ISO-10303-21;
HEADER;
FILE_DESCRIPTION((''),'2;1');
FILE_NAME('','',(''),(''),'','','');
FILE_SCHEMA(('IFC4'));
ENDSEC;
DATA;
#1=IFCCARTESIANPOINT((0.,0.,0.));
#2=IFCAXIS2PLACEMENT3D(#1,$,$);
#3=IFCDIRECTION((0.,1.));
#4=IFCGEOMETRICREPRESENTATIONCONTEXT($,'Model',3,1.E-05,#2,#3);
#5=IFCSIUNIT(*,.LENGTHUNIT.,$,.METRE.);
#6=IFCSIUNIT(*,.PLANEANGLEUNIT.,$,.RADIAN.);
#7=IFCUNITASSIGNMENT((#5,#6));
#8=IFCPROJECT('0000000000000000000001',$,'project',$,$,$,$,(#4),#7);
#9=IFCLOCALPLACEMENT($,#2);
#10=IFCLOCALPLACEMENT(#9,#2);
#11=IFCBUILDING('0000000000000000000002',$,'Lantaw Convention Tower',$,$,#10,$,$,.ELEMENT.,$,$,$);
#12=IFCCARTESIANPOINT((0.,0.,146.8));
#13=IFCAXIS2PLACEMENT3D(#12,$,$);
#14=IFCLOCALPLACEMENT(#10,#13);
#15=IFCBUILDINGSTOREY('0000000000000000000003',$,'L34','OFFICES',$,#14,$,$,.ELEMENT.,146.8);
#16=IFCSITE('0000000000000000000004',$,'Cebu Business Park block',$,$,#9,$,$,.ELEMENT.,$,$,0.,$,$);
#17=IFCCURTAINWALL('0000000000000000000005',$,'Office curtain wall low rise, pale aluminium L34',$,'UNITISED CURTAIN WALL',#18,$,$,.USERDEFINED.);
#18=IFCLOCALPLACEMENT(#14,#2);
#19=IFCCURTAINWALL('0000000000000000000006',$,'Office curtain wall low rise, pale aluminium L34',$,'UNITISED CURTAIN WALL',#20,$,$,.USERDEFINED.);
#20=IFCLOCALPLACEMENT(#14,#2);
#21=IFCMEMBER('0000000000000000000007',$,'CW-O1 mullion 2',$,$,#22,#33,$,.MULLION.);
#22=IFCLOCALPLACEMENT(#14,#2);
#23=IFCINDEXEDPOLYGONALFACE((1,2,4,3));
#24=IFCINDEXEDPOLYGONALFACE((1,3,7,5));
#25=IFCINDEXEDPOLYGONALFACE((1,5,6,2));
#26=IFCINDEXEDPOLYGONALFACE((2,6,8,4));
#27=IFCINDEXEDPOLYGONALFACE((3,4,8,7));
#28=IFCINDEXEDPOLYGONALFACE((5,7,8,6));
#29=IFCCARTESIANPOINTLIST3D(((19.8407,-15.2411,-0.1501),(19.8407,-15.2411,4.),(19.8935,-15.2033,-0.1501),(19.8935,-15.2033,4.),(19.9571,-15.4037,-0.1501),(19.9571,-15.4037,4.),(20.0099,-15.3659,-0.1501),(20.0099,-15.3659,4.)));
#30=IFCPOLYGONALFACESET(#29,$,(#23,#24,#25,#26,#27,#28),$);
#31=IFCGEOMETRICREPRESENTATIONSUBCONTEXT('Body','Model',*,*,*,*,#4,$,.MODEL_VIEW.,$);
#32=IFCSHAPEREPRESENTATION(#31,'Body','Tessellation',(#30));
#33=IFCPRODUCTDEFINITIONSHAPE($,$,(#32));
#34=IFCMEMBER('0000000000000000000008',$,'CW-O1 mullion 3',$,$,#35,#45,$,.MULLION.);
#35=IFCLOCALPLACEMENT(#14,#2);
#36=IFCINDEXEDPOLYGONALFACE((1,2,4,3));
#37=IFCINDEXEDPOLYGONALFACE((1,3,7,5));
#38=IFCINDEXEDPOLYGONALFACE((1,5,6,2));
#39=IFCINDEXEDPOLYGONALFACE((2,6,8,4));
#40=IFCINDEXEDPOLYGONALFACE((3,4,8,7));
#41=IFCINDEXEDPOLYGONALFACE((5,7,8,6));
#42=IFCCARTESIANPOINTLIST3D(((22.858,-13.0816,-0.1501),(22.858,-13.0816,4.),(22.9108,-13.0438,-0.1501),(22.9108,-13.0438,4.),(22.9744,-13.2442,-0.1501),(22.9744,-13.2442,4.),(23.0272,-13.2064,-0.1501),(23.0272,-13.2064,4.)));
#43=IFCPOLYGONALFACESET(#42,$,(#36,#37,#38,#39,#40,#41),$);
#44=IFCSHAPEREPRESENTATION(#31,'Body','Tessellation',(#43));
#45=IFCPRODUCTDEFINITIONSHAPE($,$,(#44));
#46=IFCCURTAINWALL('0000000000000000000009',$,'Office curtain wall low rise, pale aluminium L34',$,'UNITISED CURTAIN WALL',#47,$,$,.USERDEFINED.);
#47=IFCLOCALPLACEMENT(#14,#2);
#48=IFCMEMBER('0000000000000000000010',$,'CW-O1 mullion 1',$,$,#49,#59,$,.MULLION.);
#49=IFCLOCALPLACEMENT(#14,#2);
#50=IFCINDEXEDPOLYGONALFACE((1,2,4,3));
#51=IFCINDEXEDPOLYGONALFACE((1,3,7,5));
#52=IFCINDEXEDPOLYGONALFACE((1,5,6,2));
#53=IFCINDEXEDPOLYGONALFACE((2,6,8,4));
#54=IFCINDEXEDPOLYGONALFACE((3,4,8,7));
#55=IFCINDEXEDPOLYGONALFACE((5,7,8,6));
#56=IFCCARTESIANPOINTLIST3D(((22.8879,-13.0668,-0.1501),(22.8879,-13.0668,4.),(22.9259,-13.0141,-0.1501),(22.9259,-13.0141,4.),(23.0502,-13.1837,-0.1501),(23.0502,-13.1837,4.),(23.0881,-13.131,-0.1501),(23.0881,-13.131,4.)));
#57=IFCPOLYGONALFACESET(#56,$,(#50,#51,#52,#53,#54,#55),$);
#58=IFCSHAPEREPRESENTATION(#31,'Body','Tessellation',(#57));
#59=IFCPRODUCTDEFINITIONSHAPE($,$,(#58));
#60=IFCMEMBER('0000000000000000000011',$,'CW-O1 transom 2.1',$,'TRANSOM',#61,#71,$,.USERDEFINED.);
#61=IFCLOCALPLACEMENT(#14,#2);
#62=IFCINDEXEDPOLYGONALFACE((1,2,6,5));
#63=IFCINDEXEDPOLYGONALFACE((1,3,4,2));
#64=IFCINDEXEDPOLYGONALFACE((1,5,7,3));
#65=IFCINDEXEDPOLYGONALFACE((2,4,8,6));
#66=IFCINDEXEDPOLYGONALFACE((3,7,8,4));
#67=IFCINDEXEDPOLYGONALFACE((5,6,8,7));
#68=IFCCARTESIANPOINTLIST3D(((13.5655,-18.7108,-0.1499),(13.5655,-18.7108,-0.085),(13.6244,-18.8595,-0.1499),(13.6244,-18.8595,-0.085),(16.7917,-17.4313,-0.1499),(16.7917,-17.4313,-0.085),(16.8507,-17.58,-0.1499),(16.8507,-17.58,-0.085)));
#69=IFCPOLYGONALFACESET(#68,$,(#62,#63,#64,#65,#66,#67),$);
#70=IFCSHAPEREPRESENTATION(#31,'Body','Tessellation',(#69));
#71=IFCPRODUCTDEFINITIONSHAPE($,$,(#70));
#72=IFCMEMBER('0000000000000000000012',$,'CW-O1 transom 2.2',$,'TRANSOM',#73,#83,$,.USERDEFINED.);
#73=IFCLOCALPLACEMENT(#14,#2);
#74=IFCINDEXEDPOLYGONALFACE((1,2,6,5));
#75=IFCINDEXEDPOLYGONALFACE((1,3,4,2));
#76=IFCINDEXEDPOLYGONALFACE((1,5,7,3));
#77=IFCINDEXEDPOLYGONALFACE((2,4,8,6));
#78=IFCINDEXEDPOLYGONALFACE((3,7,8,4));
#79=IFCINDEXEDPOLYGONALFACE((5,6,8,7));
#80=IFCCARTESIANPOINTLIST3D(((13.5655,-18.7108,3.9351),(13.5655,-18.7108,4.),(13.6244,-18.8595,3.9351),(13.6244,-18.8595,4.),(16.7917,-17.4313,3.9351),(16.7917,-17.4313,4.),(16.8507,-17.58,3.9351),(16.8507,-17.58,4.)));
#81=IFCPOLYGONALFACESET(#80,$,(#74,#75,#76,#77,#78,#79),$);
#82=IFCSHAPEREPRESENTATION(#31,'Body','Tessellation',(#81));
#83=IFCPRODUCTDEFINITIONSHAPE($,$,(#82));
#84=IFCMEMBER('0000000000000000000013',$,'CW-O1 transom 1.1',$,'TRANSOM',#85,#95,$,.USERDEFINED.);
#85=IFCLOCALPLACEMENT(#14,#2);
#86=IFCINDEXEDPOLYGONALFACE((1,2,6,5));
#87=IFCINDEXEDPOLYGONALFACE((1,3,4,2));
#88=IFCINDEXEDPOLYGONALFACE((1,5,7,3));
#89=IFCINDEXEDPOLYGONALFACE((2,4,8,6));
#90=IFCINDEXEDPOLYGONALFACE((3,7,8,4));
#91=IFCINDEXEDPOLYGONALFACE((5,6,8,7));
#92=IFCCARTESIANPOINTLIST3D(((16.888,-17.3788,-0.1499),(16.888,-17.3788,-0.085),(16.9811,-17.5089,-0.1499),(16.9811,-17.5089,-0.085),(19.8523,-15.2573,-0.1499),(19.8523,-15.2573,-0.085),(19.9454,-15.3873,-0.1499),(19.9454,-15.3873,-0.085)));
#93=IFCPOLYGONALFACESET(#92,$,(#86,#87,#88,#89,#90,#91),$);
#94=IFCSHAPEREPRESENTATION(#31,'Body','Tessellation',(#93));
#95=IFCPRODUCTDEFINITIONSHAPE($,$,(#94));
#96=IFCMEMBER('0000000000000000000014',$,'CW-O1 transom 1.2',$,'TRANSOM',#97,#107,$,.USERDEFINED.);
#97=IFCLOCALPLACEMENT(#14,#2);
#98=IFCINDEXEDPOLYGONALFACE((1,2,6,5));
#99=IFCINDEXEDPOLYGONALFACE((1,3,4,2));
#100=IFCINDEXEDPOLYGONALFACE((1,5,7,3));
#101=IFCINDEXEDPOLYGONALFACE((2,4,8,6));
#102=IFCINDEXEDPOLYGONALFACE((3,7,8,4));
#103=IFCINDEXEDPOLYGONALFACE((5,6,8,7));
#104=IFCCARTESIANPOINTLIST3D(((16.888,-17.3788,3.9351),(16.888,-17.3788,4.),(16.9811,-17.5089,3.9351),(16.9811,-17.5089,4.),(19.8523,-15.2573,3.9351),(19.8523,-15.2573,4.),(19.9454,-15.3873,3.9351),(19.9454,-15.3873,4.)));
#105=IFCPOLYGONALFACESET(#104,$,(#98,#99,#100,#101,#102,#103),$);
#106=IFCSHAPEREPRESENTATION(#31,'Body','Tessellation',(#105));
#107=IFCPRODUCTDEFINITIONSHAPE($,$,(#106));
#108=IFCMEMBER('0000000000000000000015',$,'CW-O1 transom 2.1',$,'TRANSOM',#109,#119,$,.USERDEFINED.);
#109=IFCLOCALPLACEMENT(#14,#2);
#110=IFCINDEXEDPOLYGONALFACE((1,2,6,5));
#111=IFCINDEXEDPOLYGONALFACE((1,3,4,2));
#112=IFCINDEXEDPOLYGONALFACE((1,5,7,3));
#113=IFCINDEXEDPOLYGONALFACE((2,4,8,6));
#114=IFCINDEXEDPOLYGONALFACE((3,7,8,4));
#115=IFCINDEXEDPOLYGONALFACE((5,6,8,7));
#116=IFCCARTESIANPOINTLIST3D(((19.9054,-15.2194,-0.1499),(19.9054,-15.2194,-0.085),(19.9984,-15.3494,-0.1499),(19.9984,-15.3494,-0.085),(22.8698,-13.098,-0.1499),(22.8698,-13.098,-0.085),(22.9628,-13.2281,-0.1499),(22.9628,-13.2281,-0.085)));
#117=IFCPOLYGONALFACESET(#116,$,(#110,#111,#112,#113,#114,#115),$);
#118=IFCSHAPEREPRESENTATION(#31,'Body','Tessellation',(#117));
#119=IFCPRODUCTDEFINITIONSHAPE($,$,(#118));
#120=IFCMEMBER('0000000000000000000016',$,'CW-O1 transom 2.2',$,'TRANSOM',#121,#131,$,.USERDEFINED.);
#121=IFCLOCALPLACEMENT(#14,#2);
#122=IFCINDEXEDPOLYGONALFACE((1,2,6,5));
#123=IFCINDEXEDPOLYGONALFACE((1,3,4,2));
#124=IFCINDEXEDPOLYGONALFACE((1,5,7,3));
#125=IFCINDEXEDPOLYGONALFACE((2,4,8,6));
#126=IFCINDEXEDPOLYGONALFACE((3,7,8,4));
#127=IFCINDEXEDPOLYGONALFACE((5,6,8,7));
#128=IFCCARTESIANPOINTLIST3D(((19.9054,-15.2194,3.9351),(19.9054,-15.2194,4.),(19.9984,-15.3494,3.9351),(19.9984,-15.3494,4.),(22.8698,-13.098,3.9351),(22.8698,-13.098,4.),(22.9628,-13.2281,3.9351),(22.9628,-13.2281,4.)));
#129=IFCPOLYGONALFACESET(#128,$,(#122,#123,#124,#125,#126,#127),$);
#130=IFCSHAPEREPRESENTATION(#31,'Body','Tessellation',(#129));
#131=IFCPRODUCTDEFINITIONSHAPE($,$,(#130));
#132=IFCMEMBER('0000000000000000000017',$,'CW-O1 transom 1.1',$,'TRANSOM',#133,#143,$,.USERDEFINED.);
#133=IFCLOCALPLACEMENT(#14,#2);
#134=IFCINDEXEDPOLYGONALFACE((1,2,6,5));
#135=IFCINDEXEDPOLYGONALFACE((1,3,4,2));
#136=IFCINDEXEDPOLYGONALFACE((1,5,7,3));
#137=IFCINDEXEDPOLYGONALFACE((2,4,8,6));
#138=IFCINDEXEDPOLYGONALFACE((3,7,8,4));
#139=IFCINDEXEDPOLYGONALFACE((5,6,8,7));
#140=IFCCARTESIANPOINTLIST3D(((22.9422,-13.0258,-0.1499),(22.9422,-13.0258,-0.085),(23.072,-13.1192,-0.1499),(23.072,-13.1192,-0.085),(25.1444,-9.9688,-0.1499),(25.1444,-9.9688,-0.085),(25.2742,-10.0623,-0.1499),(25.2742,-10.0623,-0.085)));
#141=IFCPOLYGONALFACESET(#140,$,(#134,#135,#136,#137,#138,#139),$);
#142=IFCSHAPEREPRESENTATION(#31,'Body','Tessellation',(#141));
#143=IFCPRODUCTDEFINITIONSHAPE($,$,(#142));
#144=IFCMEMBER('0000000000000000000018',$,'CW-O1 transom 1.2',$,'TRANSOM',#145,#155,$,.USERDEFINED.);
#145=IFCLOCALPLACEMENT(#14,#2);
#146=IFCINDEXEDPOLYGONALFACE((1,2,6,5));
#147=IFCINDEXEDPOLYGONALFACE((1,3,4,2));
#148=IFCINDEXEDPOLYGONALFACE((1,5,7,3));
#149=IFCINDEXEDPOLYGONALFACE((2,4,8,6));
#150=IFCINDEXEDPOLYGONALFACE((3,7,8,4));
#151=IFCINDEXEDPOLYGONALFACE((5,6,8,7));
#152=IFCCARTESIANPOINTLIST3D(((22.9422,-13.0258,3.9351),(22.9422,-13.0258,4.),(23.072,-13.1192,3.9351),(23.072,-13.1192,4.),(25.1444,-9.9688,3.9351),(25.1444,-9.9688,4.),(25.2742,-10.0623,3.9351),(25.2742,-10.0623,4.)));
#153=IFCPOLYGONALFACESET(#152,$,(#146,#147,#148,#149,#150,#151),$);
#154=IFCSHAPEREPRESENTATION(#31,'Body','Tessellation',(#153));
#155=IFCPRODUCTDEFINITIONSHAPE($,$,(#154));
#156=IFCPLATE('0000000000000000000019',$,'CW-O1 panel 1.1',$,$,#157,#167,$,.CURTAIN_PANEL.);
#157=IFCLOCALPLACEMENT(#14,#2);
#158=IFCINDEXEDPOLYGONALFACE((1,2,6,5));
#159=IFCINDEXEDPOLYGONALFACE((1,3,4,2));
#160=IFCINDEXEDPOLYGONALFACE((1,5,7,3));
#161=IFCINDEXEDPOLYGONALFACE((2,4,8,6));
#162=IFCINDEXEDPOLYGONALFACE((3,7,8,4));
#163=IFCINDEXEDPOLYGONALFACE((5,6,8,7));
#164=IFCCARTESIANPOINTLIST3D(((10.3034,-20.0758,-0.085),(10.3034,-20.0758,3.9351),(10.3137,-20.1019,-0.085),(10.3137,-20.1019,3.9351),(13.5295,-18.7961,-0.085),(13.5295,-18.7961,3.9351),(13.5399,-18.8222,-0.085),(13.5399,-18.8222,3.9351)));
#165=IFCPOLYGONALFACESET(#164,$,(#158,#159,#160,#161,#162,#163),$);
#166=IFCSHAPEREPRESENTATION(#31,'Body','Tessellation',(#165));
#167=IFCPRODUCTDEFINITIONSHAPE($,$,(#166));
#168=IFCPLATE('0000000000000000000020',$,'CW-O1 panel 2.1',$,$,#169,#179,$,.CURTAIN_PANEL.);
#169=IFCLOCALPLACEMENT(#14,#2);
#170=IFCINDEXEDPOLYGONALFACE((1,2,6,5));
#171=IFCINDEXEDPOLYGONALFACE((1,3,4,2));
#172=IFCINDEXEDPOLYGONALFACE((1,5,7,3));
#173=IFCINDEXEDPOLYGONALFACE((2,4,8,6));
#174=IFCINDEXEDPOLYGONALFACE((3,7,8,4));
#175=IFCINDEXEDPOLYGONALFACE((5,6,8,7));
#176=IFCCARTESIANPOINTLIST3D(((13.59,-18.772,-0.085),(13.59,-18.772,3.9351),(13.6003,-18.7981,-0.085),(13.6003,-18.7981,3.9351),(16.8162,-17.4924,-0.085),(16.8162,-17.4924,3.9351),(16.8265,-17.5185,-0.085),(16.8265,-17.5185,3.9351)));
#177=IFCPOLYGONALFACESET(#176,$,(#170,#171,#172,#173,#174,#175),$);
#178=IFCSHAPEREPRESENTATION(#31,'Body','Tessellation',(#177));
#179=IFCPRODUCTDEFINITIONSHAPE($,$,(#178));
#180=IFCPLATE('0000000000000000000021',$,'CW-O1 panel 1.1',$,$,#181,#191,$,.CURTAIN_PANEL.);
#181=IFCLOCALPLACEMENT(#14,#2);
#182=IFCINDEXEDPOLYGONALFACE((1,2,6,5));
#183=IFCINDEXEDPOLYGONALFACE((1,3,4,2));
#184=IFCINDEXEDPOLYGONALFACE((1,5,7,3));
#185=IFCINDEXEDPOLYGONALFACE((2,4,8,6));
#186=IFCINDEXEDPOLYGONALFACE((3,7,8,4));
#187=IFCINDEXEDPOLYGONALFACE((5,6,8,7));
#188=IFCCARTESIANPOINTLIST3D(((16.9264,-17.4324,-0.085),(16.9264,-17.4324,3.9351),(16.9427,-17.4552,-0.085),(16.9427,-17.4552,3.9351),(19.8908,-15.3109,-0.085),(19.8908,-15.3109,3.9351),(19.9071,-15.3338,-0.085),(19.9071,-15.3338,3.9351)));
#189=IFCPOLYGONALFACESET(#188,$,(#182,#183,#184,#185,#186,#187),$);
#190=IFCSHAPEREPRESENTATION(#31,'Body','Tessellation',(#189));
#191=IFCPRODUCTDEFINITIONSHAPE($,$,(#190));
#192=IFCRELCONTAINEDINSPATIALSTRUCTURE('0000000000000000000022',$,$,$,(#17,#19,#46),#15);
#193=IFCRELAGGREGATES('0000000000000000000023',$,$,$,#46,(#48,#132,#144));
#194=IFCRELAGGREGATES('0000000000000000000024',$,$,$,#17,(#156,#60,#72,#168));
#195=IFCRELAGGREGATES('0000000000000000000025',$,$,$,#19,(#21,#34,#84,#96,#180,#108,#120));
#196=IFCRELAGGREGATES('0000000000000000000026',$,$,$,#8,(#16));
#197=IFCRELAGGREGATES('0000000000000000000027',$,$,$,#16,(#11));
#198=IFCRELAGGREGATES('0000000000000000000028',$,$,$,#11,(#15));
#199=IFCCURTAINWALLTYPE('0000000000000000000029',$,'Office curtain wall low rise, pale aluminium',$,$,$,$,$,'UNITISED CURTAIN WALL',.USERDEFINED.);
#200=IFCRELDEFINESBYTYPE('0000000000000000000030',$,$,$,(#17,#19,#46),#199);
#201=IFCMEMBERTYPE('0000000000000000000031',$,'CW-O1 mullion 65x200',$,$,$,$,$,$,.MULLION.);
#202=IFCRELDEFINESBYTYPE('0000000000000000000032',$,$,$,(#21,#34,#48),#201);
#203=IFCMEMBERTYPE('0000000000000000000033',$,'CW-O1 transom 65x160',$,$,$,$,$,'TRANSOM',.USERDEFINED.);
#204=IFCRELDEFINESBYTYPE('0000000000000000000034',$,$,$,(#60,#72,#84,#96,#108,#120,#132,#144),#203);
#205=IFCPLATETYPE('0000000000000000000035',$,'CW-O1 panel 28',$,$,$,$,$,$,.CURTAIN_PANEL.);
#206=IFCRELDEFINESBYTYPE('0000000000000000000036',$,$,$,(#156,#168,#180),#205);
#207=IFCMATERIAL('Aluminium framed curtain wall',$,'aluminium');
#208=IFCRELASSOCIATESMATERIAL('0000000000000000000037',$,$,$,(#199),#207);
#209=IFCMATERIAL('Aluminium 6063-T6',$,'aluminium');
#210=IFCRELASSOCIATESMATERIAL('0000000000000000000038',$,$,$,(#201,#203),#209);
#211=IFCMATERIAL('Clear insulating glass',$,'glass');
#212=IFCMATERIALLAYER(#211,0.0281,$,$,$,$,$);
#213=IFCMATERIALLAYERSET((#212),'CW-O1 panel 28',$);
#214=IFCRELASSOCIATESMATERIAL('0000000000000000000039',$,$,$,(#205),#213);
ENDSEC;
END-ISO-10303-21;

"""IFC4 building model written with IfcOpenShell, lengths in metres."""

from ifc_helpers import new_model, si_unit, direction, frame, origin, origin_2d, place, context, subcontext, project, spatial, rectangle, extrude, material, layer, layer_set, material_profile, profile_set, type_object, element, aggregate, save


model = new_model("IFC4")

# Units and contexts
model_context = context("Model", 3, precision=1e-05, world=origin(), true_north=direction((0.0, 1.0)))
body_context = subcontext(model_context, "Body", "Model", "MODEL_VIEW")
ifc_project = project(units=[si_unit("LENGTHUNIT", "METRE"), si_unit("PLANEANGLEUNIT", "RADIAN")], contexts=[model_context])

# Site, building, storey
site_placement = place(None, origin())
site = spatial("IfcSite", under=ifc_project, at=site_placement, Name="Cebu Business Park block", CompositionType="ELEMENT", RefElevation=0.0)
building_placement = place(site_placement, origin())
building = spatial("IfcBuilding", under=site, at=building_placement, Name="Lantaw Convention Tower", CompositionType="ELEMENT")
storey_placement = place(building_placement, frame((0.0, 0.0, 146.8)))
storey = spatial("IfcBuildingStorey", under=building, at=storey_placement, Name="L34", Description="OFFICES", CompositionType="ELEMENT", Elevation=146.8)

# Curtain walls, members
ifc_material_1 = material(Name="Aluminium framed curtain wall", Category="aluminium")
curtain_wall_type = type_object("IfcCurtainWallType", Name="Office curtain wall low rise, pale aluminium", ElementType="UNITISED CURTAIN WALL", PredefinedType="USERDEFINED", material=ifc_material_1)
curtain_wall_1_placement = place(storey_placement, origin())
curtain_wall_1 = element("IfcCurtainWall", 1, at=curtain_wall_1_placement, inside=storey, type_object=curtain_wall_type, Name="Office curtain wall low rise, pale aluminium L34", ObjectType="UNITISED CURTAIN WALL", PredefinedType="USERDEFINED")
ifc_material_2 = material(Name="Aluminium 6063-T6", Category="aluminium")
ifc_material_profile_1 = material_profile(ifc_material_2, rectangle(XDim=0.2, YDim=0.0649, at=origin_2d()), Name="CW-O1 mullion 65x200")
ifc_profile_set_1 = profile_set([ifc_material_profile_1], Name="Aluminium 6063-T6")
member_type_1 = type_object("IfcMemberType", Name="CW-O1 mullion 65x200", PredefinedType="MULLION", material=ifc_profile_set_1)
curtain_wall_2_placement = place(storey_placement, origin())
curtain_wall_2 = element("IfcCurtainWall", 2, at=curtain_wall_2_placement, inside=storey, type_object=curtain_wall_type, Name="Office curtain wall low rise, pale aluminium L34", ObjectType="UNITISED CURTAIN WALL", PredefinedType="USERDEFINED")
member_1_placement = place(storey_placement, frame((19.9253, -15.3035, -0.1501), z_axis=(0.0, 0.0, 1.0), x_axis=(-0.581973, 0.813208, 0.0)))
member_1 = element("IfcMember", 3, at=member_1_placement, type_object=member_type_1, Name="CW-O1 mullion 2", PredefinedType="MULLION", context=body_context, shape_type="SweptSolid", body=[
    extrude(rectangle(XDim=0.2, YDim=0.0649, at=origin_2d()), origin(), (0.0, 0.0, 1.0), 4.1501),
])
member_2_placement = place(storey_placement, frame((22.9426, -13.144, -0.1501), z_axis=(0.0, 0.0, 1.0), x_axis=(-0.581973, 0.813208, 0.0)))
member_2 = element("IfcMember", 4, at=member_2_placement, type_object=member_type_1, Name="CW-O1 mullion 3", PredefinedType="MULLION", context=body_context, shape_type="SweptSolid", body=[
    extrude(rectangle(XDim=0.2, YDim=0.0649, at=origin_2d()), origin(), (0.0, 0.0, 1.0), 4.1501),
])

# Curtain wall, member
curtain_wall_3_placement = place(storey_placement, origin())
curtain_wall_3 = element("IfcCurtainWall", 5, at=curtain_wall_3_placement, inside=storey, type_object=curtain_wall_type, Name="Office curtain wall low rise, pale aluminium L34", ObjectType="UNITISED CURTAIN WALL", PredefinedType="USERDEFINED")
member_3_placement = place(storey_placement, frame((22.988, -13.0989, -0.1501), z_axis=(0.0, 0.0, 1.0), x_axis=(-0.811385, 0.584513, 0.0)))
member_3 = element("IfcMember", 6, at=member_3_placement, type_object=member_type_1, Name="CW-O1 mullion 1", PredefinedType="MULLION", context=body_context, shape_type="SweptSolid", body=[
    extrude(rectangle(XDim=0.2, YDim=0.0649, at=origin_2d()), origin(), (0.0, 0.0, 1.0), 4.1501),
])

# Members
ifc_material_profile_2 = material_profile(ifc_material_2, rectangle(XDim=0.1599, YDim=0.0649, at=origin_2d()), Name="CW-O1 transom 65x160")
ifc_profile_set_2 = profile_set([ifc_material_profile_2], Name="Aluminium 6063-T6")
member_type_2 = type_object("IfcMemberType", Name="CW-O1 transom 65x160", ElementType="TRANSOM", PredefinedType="USERDEFINED", material=ifc_profile_set_2)
member_4_placement = place(storey_placement, frame((13.595, -18.7852, -0.1174), z_axis=(0.929564, 0.36866, 0.0), x_axis=(-0.36866, 0.929564, 0.0)))
member_4 = element("IfcMember", 7, at=member_4_placement, type_object=member_type_2, Name="CW-O1 transom 2.1", ObjectType="TRANSOM", PredefinedType="USERDEFINED", context=body_context, shape_type="SweptSolid", body=[
    extrude(rectangle(XDim=0.1599, YDim=0.0649, at=origin_2d()), origin(), (0.0, 0.0, 1.0), 3.4707),
])
member_5_placement = place(storey_placement, frame((13.595, -18.7852, 3.9675), z_axis=(0.929564, 0.36866, 0.0), x_axis=(-0.36866, 0.929564, 0.0)))
member_5 = element("IfcMember", 8, at=member_5_placement, type_object=member_type_2, Name="CW-O1 transom 2.2", ObjectType="TRANSOM", PredefinedType="USERDEFINED", context=body_context, shape_type="SweptSolid", body=[
    extrude(rectangle(XDim=0.1599, YDim=0.0649, at=origin_2d()), origin(), (0.0, 0.0, 1.0), 3.4707),
])
member_6_placement = place(storey_placement, frame((16.9346, -17.4438, -0.1174), z_axis=(0.81319, 0.581998, 0.0), x_axis=(-0.581998, 0.81319, 0.0)))
member_6 = element("IfcMember", 9, at=member_6_placement, type_object=member_type_2, Name="CW-O1 transom 1.1", ObjectType="TRANSOM", PredefinedType="USERDEFINED", context=body_context, shape_type="SweptSolid", body=[
    extrude(rectangle(XDim=0.1599, YDim=0.0649, at=origin_2d()), origin(), (0.0, 0.0, 1.0), 3.6453),
])
member_7_placement = place(storey_placement, frame((16.9346, -17.4438, 3.9675), z_axis=(0.81319, 0.581998, 0.0), x_axis=(-0.581998, 0.81319, 0.0)))
member_7 = element("IfcMember", 10, at=member_7_placement, type_object=member_type_2, Name="CW-O1 transom 1.2", ObjectType="TRANSOM", PredefinedType="USERDEFINED", context=body_context, shape_type="SweptSolid", body=[
    extrude(rectangle(XDim=0.1599, YDim=0.0649, at=origin_2d()), origin(), (0.0, 0.0, 1.0), 3.6453),
])
member_8_placement = place(storey_placement, frame((19.9519, -15.2844, -0.1174), z_axis=(0.813222, 0.581954, 0.0), x_axis=(-0.581954, 0.813222, 0.0)))
member_8 = element("IfcMember", 11, at=member_8_placement, type_object=member_type_2, Name="CW-O1 transom 2.1", ObjectType="TRANSOM", PredefinedType="USERDEFINED", context=body_context, shape_type="SweptSolid", body=[
    extrude(rectangle(XDim=0.1599, YDim=0.0649, at=origin_2d()), origin(), (0.0, 0.0, 1.0), 3.6453),
])
member_9_placement = place(storey_placement, frame((19.9519, -15.2844, 3.9675), z_axis=(0.813222, 0.581954, 0.0), x_axis=(-0.581954, 0.813222, 0.0)))
member_9 = element("IfcMember", 12, at=member_9_placement, type_object=member_type_2, Name="CW-O1 transom 2.2", ObjectType="TRANSOM", PredefinedType="USERDEFINED", context=body_context, shape_type="SweptSolid", body=[
    extrude(rectangle(XDim=0.1599, YDim=0.0649, at=origin_2d()), origin(), (0.0, 0.0, 1.0), 3.6453),
])
member_10_placement = place(storey_placement, frame((23.0071, -13.0725, -0.1174), z_axis=(0.584513, 0.811384, 0.0), x_axis=(-0.811384, 0.584513, 0.0)))
member_10 = element("IfcMember", 13, at=member_10_placement, type_object=member_type_2, Name="CW-O1 transom 1.1", ObjectType="TRANSOM", PredefinedType="USERDEFINED", context=body_context, shape_type="SweptSolid", body=[
    extrude(rectangle(XDim=0.1599, YDim=0.0649, at=origin_2d()), origin(), (0.0, 0.0, 1.0), 3.7676),
])
member_11_placement = place(storey_placement, frame((23.0071, -13.0725, 3.9675), z_axis=(0.584513, 0.811384, 0.0), x_axis=(-0.811384, 0.584513, 0.0)))
member_11 = element("IfcMember", 14, at=member_11_placement, type_object=member_type_2, Name="CW-O1 transom 1.2", ObjectType="TRANSOM", PredefinedType="USERDEFINED", context=body_context, shape_type="SweptSolid", body=[
    extrude(rectangle(XDim=0.1599, YDim=0.0649, at=origin_2d()), origin(), (0.0, 0.0, 1.0), 3.7676),
])
aggregate(curtain_wall_3, [member_3, member_10, member_11])

# Plates
ifc_material_3 = material(Name="Clear insulating glass", Category="glass")
ifc_layer_1 = layer(ifc_material_3, 0.0281)
ifc_layer_set_1 = layer_set([ifc_layer_1], Name="CW-O1 panel 28")
plate_type_1 = type_object("IfcPlateType", Name="CW-O1 panel 28", PredefinedType="CURTAIN_PANEL", material=ifc_layer_set_1)
plate_1_placement = place(storey_placement, frame((11.9216, -19.449, -0.085), z_axis=(0.0, 0.0, 1.0), x_axis=(0.929548, 0.368702, 0.0)))
plate_1 = element("IfcPlate", 15, at=plate_1_placement, type_object=plate_type_1, Name="CW-O1 panel 1.1", PredefinedType="CURTAIN_PANEL", context=body_context, shape_type="SweptSolid", body=[
    extrude(rectangle(XDim=3.4707, YDim=0.0281, at=origin_2d()), origin(), (0.0, 0.0, 1.0), 4.02),
])
plate_2_placement = place(storey_placement, frame((15.2083, -18.1453, -0.085), z_axis=(0.0, 0.0, 1.0), x_axis=(0.929548, 0.368702, 0.0)))
plate_2 = element("IfcPlate", 16, at=plate_2_placement, type_object=plate_type_1, Name="CW-O1 panel 2.1", PredefinedType="CURTAIN_PANEL", context=body_context, shape_type="SweptSolid", body=[
    extrude(rectangle(XDim=3.4707, YDim=0.0281, at=origin_2d()), origin(), (0.0, 0.0, 1.0), 4.02),
])
aggregate(curtain_wall_1, [plate_1, member_4, member_5, plate_2])
plate_3_placement = place(storey_placement, frame((18.4167, -16.3831, -0.085), z_axis=(0.0, 0.0, 1.0), x_axis=(0.813208, 0.581973, 0.0)))
plate_3 = element("IfcPlate", 17, at=plate_3_placement, type_object=plate_type_1, Name="CW-O1 panel 1.1", PredefinedType="CURTAIN_PANEL", context=body_context, shape_type="SweptSolid", body=[
    extrude(rectangle(XDim=3.6453, YDim=0.0281, at=origin_2d()), origin(), (0.0, 0.0, 1.0), 4.02),
])
aggregate(curtain_wall_2, [member_1, member_2, member_6, member_7, plate_3, member_8, member_9])

save(model, "model.ifc")
